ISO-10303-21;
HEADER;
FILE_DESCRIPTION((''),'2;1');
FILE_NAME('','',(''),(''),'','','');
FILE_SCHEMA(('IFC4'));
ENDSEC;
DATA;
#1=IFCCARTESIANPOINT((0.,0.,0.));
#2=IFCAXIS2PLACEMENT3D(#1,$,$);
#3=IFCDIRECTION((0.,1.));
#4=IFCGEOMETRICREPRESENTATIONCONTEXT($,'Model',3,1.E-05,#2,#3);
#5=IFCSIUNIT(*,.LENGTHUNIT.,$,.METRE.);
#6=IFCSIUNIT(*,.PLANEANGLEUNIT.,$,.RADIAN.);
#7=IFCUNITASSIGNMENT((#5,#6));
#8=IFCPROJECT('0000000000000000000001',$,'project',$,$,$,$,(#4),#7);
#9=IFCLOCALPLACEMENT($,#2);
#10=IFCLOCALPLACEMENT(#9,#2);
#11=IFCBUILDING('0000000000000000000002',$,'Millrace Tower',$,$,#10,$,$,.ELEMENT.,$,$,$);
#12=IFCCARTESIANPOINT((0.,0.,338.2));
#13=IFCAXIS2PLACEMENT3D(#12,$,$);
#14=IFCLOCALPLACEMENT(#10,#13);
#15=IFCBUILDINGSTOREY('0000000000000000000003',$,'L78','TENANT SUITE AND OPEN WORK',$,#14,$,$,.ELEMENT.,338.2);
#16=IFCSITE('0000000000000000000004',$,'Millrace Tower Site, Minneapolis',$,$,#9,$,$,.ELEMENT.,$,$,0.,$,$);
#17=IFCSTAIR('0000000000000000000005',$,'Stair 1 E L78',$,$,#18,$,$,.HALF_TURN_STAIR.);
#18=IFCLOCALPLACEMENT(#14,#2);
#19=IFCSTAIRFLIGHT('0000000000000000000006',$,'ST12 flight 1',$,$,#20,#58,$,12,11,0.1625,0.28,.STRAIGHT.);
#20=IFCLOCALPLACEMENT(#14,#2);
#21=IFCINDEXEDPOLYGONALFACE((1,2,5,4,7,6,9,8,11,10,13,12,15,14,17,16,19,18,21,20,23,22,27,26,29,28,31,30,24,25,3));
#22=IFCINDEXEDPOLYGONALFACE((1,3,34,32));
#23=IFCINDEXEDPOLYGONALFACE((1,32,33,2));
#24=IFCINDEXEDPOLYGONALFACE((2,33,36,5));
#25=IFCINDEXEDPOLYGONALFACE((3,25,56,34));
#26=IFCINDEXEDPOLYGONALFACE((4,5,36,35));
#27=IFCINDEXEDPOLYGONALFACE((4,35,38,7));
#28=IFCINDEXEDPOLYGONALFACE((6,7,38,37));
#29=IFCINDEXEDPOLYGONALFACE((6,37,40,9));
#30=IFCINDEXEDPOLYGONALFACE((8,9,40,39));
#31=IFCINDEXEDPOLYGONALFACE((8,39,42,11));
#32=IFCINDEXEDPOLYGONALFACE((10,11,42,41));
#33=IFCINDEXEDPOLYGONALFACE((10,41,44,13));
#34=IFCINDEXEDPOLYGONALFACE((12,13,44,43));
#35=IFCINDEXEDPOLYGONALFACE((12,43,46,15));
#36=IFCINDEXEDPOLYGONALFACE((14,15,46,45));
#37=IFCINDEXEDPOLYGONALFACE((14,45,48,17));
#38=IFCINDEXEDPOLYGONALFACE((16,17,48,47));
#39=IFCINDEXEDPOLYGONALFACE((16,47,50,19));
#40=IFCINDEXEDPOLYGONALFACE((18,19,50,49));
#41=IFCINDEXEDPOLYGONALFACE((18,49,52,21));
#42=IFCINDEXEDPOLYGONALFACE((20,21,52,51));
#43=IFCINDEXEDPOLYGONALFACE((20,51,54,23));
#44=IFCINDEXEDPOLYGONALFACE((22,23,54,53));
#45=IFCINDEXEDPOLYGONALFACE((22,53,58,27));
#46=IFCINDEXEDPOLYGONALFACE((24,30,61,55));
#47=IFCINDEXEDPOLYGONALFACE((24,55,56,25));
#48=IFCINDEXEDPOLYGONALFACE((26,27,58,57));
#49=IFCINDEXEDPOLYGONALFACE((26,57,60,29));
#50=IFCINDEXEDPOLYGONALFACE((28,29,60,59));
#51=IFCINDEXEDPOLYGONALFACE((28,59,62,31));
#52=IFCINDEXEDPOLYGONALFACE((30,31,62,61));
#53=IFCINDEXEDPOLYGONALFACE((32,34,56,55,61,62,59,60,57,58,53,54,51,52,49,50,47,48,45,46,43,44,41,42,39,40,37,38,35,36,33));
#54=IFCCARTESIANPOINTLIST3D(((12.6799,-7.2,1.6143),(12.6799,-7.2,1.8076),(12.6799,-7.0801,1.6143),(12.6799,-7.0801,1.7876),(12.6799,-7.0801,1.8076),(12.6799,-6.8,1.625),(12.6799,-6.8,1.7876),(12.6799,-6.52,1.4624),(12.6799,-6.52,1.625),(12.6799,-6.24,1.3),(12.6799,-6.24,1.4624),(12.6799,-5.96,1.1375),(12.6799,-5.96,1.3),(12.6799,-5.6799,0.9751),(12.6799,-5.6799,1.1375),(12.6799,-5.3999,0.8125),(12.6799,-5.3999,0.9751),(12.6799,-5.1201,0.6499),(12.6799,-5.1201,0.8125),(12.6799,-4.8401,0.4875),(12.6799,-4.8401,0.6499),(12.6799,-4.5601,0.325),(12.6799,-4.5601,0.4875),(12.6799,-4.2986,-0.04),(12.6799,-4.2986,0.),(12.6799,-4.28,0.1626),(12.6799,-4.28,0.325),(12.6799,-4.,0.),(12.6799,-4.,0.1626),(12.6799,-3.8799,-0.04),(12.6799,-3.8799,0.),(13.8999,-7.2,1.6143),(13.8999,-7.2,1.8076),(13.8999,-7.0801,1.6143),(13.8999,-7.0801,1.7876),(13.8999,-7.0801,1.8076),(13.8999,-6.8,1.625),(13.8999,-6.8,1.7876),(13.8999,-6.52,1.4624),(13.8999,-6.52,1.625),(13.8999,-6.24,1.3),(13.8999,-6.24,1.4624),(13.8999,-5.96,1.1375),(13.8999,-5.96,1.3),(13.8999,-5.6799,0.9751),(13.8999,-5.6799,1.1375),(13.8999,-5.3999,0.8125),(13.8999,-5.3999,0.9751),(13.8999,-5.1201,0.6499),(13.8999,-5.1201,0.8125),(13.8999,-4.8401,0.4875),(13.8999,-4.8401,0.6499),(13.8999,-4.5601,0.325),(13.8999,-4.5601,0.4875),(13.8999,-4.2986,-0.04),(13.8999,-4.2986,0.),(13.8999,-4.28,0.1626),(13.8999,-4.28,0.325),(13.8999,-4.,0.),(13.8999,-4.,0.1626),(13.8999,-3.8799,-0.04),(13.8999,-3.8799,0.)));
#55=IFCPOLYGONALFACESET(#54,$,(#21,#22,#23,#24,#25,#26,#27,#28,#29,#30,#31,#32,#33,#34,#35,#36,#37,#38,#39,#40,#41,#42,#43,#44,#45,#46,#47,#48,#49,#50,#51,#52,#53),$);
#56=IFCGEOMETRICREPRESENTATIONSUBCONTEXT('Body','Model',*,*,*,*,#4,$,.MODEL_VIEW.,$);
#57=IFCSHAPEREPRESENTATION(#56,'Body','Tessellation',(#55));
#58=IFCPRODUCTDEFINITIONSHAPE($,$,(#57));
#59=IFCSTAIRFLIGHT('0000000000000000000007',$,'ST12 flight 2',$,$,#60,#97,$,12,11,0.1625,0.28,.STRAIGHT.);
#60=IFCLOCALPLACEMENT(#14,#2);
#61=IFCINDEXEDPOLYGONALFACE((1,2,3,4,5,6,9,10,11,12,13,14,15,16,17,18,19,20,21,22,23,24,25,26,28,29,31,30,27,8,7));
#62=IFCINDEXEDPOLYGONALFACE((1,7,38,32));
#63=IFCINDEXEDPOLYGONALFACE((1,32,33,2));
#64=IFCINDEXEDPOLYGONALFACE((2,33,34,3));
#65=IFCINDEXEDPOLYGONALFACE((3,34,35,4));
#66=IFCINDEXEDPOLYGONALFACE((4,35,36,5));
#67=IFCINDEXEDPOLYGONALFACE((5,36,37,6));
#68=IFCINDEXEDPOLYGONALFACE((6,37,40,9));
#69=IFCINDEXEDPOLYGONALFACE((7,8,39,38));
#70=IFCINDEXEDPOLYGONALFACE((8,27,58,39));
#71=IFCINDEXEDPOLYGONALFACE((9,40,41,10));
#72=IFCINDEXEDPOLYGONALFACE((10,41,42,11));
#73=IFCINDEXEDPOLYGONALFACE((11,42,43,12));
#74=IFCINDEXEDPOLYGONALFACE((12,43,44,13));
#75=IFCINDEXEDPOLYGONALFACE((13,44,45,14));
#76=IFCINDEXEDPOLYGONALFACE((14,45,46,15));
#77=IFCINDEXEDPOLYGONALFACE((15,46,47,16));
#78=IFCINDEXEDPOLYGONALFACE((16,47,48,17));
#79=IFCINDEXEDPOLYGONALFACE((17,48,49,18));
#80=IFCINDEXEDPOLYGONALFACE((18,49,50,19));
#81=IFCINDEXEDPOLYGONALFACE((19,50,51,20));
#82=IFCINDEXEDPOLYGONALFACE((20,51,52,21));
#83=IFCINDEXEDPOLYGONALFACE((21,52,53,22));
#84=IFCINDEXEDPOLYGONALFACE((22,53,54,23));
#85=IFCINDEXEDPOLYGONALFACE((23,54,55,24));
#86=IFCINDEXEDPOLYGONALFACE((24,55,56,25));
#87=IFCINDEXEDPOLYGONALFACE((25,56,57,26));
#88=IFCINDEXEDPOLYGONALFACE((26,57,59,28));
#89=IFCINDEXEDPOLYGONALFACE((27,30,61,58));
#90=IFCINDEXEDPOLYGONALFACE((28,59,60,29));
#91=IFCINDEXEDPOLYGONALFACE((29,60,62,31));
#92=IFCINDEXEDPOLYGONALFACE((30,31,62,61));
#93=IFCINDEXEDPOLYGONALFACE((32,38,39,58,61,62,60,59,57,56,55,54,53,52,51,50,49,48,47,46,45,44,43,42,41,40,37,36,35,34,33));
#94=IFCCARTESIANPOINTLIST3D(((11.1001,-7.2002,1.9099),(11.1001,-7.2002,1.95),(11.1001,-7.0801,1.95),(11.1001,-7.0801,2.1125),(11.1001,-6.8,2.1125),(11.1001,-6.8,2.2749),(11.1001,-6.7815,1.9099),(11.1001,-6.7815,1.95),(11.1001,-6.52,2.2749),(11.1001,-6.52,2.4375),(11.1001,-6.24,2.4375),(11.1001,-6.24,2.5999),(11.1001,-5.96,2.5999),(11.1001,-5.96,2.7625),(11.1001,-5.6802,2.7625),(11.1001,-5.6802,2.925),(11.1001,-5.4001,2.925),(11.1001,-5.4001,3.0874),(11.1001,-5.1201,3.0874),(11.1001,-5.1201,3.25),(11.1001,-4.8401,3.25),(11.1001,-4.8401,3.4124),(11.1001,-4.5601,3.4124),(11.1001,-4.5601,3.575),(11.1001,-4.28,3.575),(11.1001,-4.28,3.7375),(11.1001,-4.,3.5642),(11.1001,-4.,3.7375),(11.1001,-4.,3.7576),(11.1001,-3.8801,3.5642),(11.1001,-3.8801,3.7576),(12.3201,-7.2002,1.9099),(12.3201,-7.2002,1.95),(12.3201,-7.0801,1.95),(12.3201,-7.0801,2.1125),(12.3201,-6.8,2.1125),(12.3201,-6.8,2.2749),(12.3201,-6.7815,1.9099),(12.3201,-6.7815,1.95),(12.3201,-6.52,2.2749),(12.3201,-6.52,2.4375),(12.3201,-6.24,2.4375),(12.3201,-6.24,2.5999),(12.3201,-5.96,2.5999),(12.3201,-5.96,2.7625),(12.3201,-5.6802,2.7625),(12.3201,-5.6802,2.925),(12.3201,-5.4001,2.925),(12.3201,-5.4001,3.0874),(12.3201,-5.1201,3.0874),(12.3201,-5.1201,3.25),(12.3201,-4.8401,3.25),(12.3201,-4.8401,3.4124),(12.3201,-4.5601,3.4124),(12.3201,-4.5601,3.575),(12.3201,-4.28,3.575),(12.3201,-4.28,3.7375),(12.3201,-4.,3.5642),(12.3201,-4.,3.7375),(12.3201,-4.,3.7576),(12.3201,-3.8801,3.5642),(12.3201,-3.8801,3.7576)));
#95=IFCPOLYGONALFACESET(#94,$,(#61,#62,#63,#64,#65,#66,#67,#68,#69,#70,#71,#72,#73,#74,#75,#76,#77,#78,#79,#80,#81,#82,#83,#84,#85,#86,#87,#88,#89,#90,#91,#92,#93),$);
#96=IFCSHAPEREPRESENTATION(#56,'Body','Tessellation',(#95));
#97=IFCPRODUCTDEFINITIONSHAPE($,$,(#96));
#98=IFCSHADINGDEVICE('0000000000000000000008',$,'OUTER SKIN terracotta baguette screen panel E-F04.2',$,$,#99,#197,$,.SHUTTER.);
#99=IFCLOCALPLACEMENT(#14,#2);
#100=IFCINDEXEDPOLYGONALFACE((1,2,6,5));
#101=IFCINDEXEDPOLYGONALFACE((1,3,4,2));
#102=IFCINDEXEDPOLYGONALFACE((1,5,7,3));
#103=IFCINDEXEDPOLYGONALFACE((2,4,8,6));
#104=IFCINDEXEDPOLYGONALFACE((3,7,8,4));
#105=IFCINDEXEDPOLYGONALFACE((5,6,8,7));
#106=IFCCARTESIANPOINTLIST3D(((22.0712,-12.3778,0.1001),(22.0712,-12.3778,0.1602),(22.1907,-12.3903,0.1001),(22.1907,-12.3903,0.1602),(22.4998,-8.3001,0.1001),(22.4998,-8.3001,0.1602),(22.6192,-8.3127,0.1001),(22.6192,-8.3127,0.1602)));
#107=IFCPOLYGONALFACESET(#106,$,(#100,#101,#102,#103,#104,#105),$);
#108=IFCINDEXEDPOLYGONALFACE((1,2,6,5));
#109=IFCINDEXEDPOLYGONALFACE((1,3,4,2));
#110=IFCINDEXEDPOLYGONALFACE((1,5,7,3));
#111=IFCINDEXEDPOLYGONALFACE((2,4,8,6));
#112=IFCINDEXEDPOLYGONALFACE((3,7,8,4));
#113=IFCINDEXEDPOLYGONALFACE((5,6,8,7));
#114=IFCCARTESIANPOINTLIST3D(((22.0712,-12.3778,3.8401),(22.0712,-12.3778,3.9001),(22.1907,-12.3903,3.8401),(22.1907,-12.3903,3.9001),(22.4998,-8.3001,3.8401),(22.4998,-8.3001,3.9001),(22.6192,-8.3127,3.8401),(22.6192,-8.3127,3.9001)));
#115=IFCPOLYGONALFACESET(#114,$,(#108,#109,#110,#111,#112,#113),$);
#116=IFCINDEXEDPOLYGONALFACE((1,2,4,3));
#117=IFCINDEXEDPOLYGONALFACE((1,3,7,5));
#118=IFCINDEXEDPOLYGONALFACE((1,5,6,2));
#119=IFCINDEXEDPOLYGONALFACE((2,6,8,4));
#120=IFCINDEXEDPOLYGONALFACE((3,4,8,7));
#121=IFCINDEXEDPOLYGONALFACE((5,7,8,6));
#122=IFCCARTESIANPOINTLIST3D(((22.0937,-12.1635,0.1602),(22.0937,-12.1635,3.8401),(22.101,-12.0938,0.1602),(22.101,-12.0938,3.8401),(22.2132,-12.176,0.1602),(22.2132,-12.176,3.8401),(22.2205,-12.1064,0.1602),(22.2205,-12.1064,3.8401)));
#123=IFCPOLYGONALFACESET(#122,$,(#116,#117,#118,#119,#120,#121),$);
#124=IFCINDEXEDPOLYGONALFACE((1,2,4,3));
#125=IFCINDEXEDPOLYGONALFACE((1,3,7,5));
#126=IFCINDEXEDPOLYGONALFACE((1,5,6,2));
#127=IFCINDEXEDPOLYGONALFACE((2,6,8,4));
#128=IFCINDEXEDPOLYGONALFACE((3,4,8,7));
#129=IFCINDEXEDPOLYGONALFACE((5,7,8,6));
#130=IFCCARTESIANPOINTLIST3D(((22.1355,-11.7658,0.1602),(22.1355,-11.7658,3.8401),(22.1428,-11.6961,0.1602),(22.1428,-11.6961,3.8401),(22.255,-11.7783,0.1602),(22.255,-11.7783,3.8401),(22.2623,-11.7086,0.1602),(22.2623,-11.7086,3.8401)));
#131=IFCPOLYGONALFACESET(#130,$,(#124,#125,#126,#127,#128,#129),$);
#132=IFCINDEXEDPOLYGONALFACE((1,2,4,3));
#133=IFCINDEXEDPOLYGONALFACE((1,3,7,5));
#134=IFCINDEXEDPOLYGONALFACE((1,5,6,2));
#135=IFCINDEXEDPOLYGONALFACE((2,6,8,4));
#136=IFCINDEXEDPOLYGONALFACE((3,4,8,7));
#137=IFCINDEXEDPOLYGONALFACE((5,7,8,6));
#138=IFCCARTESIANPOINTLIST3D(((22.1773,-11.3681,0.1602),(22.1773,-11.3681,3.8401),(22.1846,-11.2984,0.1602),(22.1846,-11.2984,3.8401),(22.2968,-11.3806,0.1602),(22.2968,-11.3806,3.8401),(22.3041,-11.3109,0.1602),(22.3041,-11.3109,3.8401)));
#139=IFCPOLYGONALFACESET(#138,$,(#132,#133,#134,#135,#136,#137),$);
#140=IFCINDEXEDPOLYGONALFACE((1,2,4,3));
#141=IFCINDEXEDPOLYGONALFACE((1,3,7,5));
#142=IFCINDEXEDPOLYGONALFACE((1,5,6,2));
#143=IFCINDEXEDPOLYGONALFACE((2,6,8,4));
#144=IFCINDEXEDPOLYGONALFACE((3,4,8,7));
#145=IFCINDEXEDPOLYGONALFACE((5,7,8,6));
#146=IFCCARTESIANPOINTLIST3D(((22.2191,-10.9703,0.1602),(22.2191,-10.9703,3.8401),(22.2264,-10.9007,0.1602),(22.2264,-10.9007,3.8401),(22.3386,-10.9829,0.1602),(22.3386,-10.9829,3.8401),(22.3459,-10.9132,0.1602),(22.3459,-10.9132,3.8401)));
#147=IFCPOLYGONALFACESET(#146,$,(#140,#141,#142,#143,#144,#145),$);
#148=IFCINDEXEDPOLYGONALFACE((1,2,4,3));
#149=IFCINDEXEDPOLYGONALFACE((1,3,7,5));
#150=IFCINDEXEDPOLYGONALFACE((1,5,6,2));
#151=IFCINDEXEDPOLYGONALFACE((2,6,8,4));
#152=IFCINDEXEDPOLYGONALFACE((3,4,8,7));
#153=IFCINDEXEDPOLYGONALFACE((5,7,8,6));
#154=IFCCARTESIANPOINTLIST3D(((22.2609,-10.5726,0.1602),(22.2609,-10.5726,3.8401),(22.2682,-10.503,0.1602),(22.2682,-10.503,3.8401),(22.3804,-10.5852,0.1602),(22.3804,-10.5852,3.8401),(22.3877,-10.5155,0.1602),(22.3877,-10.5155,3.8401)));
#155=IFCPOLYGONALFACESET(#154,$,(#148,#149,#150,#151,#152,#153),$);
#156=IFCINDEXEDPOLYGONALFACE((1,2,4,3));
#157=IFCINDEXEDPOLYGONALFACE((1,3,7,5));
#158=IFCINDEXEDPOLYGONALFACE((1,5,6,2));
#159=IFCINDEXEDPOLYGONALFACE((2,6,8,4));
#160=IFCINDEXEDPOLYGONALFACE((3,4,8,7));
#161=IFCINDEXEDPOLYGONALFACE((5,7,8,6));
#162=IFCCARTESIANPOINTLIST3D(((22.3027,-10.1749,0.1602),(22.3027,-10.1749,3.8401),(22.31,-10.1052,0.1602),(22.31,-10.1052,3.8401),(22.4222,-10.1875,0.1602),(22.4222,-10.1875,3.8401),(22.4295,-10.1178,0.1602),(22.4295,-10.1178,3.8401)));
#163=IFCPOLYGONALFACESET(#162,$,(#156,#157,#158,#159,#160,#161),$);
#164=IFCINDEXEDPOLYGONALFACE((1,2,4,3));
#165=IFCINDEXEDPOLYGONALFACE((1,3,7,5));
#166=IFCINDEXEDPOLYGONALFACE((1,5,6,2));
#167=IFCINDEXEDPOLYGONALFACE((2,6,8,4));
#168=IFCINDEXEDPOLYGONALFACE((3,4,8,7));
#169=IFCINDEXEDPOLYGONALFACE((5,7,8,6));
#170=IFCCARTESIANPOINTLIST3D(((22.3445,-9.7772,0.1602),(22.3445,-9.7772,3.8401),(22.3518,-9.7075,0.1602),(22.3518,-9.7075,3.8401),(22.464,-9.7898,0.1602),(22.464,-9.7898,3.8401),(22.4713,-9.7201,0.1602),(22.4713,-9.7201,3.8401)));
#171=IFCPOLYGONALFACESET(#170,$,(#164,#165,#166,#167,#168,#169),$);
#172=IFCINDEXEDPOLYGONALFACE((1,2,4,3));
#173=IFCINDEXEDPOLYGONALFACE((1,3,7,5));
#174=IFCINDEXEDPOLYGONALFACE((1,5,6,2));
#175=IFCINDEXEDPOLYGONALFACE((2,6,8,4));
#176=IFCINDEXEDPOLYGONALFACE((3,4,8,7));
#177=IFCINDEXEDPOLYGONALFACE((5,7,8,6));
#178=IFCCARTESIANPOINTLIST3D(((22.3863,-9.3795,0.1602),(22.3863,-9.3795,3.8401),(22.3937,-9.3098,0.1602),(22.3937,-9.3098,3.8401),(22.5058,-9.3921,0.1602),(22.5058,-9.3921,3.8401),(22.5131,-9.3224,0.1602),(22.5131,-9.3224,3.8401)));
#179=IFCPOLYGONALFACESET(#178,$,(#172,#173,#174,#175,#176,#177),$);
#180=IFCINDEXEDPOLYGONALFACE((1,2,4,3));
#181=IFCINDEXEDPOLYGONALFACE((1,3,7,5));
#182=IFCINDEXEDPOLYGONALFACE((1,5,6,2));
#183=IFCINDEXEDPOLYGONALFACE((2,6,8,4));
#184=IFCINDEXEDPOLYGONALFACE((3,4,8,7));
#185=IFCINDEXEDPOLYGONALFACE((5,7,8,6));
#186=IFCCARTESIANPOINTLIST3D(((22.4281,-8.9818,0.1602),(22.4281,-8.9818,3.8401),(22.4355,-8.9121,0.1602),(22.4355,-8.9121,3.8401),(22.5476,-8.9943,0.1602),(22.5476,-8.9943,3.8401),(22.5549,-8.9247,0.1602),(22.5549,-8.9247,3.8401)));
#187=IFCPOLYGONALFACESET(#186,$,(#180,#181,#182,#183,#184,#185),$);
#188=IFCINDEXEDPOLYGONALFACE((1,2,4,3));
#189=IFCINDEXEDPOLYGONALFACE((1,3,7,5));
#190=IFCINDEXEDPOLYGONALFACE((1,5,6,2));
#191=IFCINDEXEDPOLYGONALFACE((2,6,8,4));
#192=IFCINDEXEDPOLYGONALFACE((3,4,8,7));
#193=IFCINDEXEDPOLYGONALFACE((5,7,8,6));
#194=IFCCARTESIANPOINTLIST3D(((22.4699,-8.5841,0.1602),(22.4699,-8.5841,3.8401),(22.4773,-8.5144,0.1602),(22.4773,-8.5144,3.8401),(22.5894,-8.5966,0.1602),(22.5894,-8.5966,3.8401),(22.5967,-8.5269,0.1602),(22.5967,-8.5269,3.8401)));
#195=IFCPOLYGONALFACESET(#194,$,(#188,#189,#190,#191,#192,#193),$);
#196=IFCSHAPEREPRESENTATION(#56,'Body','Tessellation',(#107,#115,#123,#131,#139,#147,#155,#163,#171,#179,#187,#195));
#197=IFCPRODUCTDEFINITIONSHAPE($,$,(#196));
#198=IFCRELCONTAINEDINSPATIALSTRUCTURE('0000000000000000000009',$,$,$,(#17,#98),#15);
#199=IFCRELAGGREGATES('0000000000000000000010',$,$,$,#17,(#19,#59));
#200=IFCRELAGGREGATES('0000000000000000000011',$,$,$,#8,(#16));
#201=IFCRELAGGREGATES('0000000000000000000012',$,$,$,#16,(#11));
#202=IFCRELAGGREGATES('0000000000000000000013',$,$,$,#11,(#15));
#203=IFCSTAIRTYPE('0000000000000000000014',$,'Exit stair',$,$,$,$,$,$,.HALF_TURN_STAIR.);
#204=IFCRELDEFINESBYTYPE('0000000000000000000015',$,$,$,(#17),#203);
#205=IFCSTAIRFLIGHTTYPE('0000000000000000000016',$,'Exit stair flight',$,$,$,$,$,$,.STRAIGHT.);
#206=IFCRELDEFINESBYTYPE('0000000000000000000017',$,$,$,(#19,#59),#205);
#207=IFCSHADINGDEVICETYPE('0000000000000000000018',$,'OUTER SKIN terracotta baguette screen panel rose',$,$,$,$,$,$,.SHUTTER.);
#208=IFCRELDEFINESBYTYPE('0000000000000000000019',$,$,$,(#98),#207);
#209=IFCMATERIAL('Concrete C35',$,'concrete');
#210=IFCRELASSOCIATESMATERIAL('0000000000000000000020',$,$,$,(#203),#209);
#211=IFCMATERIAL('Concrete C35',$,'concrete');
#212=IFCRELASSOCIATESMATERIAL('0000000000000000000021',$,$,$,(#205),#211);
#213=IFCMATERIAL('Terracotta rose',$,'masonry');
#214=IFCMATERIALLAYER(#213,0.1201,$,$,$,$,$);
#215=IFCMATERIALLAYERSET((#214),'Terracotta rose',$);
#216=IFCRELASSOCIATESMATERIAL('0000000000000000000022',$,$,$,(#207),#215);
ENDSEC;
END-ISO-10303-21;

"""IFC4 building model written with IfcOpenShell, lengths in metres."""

from ifc_helpers import new_model, entity, si_unit, direction, frame, frame_2d, origin, place, context, subcontext, project, spatial, polyline, rectangle, outline, extrude, source, transform, mapped, material, layer, layer_set, type_object, element, aggregate, save


model = new_model("IFC4")

# Units and contexts
model_context = context("Model", 3, precision=1e-05, world=origin(), true_north=direction((0.0, 1.0)))
body_context = subcontext(model_context, "Body", "Model", "MODEL_VIEW")
ifc_project = project(units=[si_unit("LENGTHUNIT", "METRE"), si_unit("PLANEANGLEUNIT", "RADIAN")], contexts=[model_context])

# Site, building, storey
site_placement = place(None, origin())
site = spatial("IfcSite", under=ifc_project, at=site_placement, Name="Millrace Tower Site, Minneapolis", CompositionType="ELEMENT", RefElevation=0.0)
building_placement = place(site_placement, origin())
building = spatial("IfcBuilding", under=site, at=building_placement, Name="Millrace Tower", CompositionType="ELEMENT")
storey_placement = place(building_placement, frame((0.0, 0.0, 338.2)))
storey = spatial("IfcBuildingStorey", under=building, at=storey_placement, Name="L78", Description="TENANT SUITE AND OPEN WORK", CompositionType="ELEMENT", Elevation=338.2)

# Shared definitions
placement = place(storey_placement, origin())

# Stair, stair flights
ifc_material_1 = material(Name="Concrete C35", Category="concrete")
stair_type = type_object("IfcStairType", Name="Exit stair", PredefinedType="HALF_TURN_STAIR", material=ifc_material_1)
stair = element("IfcStair", 1, at=placement, inside=storey, type_object=stair_type, Name="Stair 1 E L78", PredefinedType="HALF_TURN_STAIR")
ifc_material_2 = material(Name="Concrete C35", Category="concrete")
stair_flight_type = type_object("IfcStairFlightType", Name="Exit stair flight", PredefinedType="STRAIGHT", material=ifc_material_2)
stair_flight_1_placement = place(storey_placement, frame((13.29, -4.0, 0.0), z_axis=(0.0, 0.0, 1.0), x_axis=(0.0, -1.0, 0.0)))
stair_flight_1 = element("IfcStairFlight", 2, at=stair_flight_1_placement, type_object=stair_flight_type, Name="ST12 flight 1", NumberOfRisers=12, NumberOfTreads=11, PredefinedType="STRAIGHT", RiserHeight=0.1625, TreadLength=0.28, context=body_context, shape_type="SweptSolid", body=[
    extrude(outline(polyline([(-0.1201, -0.04), (-0.1201, 0.0), (0.0, 0.0), (0.0, 0.1626), (0.28, 0.1626), (0.28, 0.325), (0.5601, 0.325), (0.5601, 0.4875), (0.8401, 0.4875), (0.8401, 0.6499), (1.1201, 0.6499), (1.1201, 0.8125), (1.3999, 0.8125), (1.3999, 0.9751), (1.6799, 0.9751), (1.6799, 1.1375), (1.96, 1.1375), (1.96, 1.3), (2.24, 1.3), (2.24, 1.4624), (2.52, 1.4624), (2.52, 1.625), (2.8, 1.625), (2.8, 1.7876), (3.0801, 1.7876), (3.0801, 1.8076), (3.2, 1.8076), (3.2, 1.6143), (3.0801, 1.6143), (0.2986, 0.0), (0.2986, -0.04), (-0.1201, -0.04)])), frame((0.0, 0.6099, 0.0), z_axis=(0.0, -1.0, 0.0), x_axis=(1.0, 0.0, 0.0)), (0.0, 0.0, 1.0), 1.22),
])
stair_flight_2_placement = place(storey_placement, frame((11.71, -7.0801, 1.95), z_axis=(0.0, 0.0, 1.0), x_axis=(0.0, 1.0, 0.0)))
stair_flight_2 = element("IfcStairFlight", 3, at=stair_flight_2_placement, type_object=stair_flight_type, Name="ST12 flight 2", NumberOfRisers=12, NumberOfTreads=11, PredefinedType="STRAIGHT", RiserHeight=0.1625, TreadLength=0.28, context=body_context, shape_type="SweptSolid", body=[
    extrude(outline(polyline([(-0.1201, -0.04), (-0.1201, 0.0), (0.0, 0.0), (0.0, 0.1626), (0.28, 0.1626), (0.28, 0.325), (0.5601, 0.325), (0.5601, 0.4875), (0.8401, 0.4875), (0.8401, 0.6499), (1.1201, 0.6499), (1.1201, 0.8125), (1.3999, 0.8125), (1.3999, 0.9751), (1.6799, 0.9751), (1.6799, 1.1375), (1.96, 1.1375), (1.96, 1.3), (2.24, 1.3), (2.24, 1.4624), (2.52, 1.4624), (2.52, 1.625), (2.8, 1.625), (2.8, 1.7876), (3.0801, 1.7876), (3.0801, 1.8076), (3.2, 1.8076), (3.2, 1.6143), (3.0801, 1.6143), (0.2986, 0.0), (0.2986, -0.04), (-0.1201, -0.04)])), frame((0.0, 0.6099, 0.0), z_axis=(0.0, -1.0, 0.0), x_axis=(1.0, 0.0, 0.0)), (0.0, 0.0, 1.0), 1.22),
])
aggregate(stair, [stair_flight_1, stair_flight_2])

# Shading device
ifc_material_3 = material(Name="Terracotta rose", Category="masonry")
ifc_layer_1 = layer(ifc_material_3, 0.1201)
ifc_layer_set_1 = layer_set([ifc_layer_1], Name="Terracotta rose")
shading_device_type = type_object("IfcShadingDeviceType", Name="OUTER SKIN terracotta baguette screen panel rose", PredefinedType="SHUTTER", material=ifc_layer_set_1)
cartesian_point = entity("IfcCartesianPoint", [-2.05, 0.0601])
shared_polyline = entity("IfcPolyline", [cartesian_point, entity("IfcCartesianPoint", [2.05, 0.0601]), entity("IfcCartesianPoint", [2.05, -0.0601]), entity("IfcCartesianPoint", [-2.05, -0.0601]), cartesian_point])
shared_shape = source(origin(), body_context, "Body", "SweptSolid", [
    entity("IfcExtrudedAreaSolid", entity("IfcArbitraryClosedProfileDef", "AREA", None, shared_polyline), entity("IfcAxis2Placement3D", entity("IfcCartesianPoint", [0.0, 0.0, 0.0])), entity("IfcDirection", [0.0, 0.0, 1.0]), 0.0601),
    entity("IfcExtrudedAreaSolid", entity("IfcArbitraryClosedProfileDef", "AREA", None, shared_polyline), entity("IfcAxis2Placement3D", entity("IfcCartesianPoint", [0.0, 0.0, 3.74])), entity("IfcDirection", [0.0, 0.0, 1.0]), 0.0601),
    extrude(rectangle(XDim=0.0701, YDim=0.1201, at=frame_2d((-1.7996, 0.0))), frame((0.0, 0.0, 0.0601)), (0.0, 0.0, 1.0), 3.6799),
    extrude(rectangle(XDim=0.0701, YDim=0.1201, at=frame_2d((-1.3997, 0.0))), frame((0.0, 0.0, 0.0601)), (0.0, 0.0, 1.0), 3.6799),
    extrude(rectangle(XDim=0.0701, YDim=0.1201, at=frame_2d((-0.9998, 0.0))), frame((0.0, 0.0, 0.0601)), (0.0, 0.0, 1.0), 3.6799),
    extrude(rectangle(XDim=0.0701, YDim=0.1201, at=frame_2d((-0.5999, 0.0))), frame((0.0, 0.0, 0.0601)), (0.0, 0.0, 1.0), 3.6799),
    extrude(rectangle(XDim=0.0701, YDim=0.1201, at=frame_2d((-0.2, 0.0))), frame((0.0, 0.0, 0.0601)), (0.0, 0.0, 1.0), 3.6799),
    extrude(rectangle(XDim=0.0701, YDim=0.1201, at=frame_2d((0.2, 0.0))), frame((0.0, 0.0, 0.0601)), (0.0, 0.0, 1.0), 3.6799),
    extrude(rectangle(XDim=0.0701, YDim=0.1201, at=frame_2d((0.5999, 0.0))), frame((0.0, 0.0, 0.0601)), (0.0, 0.0, 1.0), 3.6799),
    extrude(rectangle(XDim=0.0701, YDim=0.1201, at=frame_2d((0.9998, 0.0))), frame((0.0, 0.0, 0.0601)), (0.0, 0.0, 1.0), 3.6799),
    extrude(rectangle(XDim=0.0701, YDim=0.1201, at=frame_2d((1.3997, 0.0))), frame((0.0, 0.0, 0.0601)), (0.0, 0.0, 1.0), 3.6799),
    extrude(rectangle(XDim=0.0701, YDim=0.1201, at=frame_2d((1.7996, 0.0))), frame((0.0, 0.0, 0.0601)), (0.0, 0.0, 1.0), 3.6799),
])
for number, where, z_axis, x_axis, name in (
    (4, (22.3452, -10.3452, 0.1001), (0.0, 0.0, 1.0), (0.104528, 0.994522, 0.0), "OUTER SKIN terracotta baguette screen panel E-F04.2"),
):
    element("IfcShadingDevice", number, at=place(storey_placement, frame(where, z_axis=z_axis, x_axis=x_axis)), inside=storey, type_object=shading_device_type, Name=name, PredefinedType="SHUTTER", context=body_context, shape_type="MappedRepresentation", body=[
        mapped(shared_shape, transform((0.0, 0.0, 0.0), scale=1.0)),
    ])

save(model, "model.ifc")
